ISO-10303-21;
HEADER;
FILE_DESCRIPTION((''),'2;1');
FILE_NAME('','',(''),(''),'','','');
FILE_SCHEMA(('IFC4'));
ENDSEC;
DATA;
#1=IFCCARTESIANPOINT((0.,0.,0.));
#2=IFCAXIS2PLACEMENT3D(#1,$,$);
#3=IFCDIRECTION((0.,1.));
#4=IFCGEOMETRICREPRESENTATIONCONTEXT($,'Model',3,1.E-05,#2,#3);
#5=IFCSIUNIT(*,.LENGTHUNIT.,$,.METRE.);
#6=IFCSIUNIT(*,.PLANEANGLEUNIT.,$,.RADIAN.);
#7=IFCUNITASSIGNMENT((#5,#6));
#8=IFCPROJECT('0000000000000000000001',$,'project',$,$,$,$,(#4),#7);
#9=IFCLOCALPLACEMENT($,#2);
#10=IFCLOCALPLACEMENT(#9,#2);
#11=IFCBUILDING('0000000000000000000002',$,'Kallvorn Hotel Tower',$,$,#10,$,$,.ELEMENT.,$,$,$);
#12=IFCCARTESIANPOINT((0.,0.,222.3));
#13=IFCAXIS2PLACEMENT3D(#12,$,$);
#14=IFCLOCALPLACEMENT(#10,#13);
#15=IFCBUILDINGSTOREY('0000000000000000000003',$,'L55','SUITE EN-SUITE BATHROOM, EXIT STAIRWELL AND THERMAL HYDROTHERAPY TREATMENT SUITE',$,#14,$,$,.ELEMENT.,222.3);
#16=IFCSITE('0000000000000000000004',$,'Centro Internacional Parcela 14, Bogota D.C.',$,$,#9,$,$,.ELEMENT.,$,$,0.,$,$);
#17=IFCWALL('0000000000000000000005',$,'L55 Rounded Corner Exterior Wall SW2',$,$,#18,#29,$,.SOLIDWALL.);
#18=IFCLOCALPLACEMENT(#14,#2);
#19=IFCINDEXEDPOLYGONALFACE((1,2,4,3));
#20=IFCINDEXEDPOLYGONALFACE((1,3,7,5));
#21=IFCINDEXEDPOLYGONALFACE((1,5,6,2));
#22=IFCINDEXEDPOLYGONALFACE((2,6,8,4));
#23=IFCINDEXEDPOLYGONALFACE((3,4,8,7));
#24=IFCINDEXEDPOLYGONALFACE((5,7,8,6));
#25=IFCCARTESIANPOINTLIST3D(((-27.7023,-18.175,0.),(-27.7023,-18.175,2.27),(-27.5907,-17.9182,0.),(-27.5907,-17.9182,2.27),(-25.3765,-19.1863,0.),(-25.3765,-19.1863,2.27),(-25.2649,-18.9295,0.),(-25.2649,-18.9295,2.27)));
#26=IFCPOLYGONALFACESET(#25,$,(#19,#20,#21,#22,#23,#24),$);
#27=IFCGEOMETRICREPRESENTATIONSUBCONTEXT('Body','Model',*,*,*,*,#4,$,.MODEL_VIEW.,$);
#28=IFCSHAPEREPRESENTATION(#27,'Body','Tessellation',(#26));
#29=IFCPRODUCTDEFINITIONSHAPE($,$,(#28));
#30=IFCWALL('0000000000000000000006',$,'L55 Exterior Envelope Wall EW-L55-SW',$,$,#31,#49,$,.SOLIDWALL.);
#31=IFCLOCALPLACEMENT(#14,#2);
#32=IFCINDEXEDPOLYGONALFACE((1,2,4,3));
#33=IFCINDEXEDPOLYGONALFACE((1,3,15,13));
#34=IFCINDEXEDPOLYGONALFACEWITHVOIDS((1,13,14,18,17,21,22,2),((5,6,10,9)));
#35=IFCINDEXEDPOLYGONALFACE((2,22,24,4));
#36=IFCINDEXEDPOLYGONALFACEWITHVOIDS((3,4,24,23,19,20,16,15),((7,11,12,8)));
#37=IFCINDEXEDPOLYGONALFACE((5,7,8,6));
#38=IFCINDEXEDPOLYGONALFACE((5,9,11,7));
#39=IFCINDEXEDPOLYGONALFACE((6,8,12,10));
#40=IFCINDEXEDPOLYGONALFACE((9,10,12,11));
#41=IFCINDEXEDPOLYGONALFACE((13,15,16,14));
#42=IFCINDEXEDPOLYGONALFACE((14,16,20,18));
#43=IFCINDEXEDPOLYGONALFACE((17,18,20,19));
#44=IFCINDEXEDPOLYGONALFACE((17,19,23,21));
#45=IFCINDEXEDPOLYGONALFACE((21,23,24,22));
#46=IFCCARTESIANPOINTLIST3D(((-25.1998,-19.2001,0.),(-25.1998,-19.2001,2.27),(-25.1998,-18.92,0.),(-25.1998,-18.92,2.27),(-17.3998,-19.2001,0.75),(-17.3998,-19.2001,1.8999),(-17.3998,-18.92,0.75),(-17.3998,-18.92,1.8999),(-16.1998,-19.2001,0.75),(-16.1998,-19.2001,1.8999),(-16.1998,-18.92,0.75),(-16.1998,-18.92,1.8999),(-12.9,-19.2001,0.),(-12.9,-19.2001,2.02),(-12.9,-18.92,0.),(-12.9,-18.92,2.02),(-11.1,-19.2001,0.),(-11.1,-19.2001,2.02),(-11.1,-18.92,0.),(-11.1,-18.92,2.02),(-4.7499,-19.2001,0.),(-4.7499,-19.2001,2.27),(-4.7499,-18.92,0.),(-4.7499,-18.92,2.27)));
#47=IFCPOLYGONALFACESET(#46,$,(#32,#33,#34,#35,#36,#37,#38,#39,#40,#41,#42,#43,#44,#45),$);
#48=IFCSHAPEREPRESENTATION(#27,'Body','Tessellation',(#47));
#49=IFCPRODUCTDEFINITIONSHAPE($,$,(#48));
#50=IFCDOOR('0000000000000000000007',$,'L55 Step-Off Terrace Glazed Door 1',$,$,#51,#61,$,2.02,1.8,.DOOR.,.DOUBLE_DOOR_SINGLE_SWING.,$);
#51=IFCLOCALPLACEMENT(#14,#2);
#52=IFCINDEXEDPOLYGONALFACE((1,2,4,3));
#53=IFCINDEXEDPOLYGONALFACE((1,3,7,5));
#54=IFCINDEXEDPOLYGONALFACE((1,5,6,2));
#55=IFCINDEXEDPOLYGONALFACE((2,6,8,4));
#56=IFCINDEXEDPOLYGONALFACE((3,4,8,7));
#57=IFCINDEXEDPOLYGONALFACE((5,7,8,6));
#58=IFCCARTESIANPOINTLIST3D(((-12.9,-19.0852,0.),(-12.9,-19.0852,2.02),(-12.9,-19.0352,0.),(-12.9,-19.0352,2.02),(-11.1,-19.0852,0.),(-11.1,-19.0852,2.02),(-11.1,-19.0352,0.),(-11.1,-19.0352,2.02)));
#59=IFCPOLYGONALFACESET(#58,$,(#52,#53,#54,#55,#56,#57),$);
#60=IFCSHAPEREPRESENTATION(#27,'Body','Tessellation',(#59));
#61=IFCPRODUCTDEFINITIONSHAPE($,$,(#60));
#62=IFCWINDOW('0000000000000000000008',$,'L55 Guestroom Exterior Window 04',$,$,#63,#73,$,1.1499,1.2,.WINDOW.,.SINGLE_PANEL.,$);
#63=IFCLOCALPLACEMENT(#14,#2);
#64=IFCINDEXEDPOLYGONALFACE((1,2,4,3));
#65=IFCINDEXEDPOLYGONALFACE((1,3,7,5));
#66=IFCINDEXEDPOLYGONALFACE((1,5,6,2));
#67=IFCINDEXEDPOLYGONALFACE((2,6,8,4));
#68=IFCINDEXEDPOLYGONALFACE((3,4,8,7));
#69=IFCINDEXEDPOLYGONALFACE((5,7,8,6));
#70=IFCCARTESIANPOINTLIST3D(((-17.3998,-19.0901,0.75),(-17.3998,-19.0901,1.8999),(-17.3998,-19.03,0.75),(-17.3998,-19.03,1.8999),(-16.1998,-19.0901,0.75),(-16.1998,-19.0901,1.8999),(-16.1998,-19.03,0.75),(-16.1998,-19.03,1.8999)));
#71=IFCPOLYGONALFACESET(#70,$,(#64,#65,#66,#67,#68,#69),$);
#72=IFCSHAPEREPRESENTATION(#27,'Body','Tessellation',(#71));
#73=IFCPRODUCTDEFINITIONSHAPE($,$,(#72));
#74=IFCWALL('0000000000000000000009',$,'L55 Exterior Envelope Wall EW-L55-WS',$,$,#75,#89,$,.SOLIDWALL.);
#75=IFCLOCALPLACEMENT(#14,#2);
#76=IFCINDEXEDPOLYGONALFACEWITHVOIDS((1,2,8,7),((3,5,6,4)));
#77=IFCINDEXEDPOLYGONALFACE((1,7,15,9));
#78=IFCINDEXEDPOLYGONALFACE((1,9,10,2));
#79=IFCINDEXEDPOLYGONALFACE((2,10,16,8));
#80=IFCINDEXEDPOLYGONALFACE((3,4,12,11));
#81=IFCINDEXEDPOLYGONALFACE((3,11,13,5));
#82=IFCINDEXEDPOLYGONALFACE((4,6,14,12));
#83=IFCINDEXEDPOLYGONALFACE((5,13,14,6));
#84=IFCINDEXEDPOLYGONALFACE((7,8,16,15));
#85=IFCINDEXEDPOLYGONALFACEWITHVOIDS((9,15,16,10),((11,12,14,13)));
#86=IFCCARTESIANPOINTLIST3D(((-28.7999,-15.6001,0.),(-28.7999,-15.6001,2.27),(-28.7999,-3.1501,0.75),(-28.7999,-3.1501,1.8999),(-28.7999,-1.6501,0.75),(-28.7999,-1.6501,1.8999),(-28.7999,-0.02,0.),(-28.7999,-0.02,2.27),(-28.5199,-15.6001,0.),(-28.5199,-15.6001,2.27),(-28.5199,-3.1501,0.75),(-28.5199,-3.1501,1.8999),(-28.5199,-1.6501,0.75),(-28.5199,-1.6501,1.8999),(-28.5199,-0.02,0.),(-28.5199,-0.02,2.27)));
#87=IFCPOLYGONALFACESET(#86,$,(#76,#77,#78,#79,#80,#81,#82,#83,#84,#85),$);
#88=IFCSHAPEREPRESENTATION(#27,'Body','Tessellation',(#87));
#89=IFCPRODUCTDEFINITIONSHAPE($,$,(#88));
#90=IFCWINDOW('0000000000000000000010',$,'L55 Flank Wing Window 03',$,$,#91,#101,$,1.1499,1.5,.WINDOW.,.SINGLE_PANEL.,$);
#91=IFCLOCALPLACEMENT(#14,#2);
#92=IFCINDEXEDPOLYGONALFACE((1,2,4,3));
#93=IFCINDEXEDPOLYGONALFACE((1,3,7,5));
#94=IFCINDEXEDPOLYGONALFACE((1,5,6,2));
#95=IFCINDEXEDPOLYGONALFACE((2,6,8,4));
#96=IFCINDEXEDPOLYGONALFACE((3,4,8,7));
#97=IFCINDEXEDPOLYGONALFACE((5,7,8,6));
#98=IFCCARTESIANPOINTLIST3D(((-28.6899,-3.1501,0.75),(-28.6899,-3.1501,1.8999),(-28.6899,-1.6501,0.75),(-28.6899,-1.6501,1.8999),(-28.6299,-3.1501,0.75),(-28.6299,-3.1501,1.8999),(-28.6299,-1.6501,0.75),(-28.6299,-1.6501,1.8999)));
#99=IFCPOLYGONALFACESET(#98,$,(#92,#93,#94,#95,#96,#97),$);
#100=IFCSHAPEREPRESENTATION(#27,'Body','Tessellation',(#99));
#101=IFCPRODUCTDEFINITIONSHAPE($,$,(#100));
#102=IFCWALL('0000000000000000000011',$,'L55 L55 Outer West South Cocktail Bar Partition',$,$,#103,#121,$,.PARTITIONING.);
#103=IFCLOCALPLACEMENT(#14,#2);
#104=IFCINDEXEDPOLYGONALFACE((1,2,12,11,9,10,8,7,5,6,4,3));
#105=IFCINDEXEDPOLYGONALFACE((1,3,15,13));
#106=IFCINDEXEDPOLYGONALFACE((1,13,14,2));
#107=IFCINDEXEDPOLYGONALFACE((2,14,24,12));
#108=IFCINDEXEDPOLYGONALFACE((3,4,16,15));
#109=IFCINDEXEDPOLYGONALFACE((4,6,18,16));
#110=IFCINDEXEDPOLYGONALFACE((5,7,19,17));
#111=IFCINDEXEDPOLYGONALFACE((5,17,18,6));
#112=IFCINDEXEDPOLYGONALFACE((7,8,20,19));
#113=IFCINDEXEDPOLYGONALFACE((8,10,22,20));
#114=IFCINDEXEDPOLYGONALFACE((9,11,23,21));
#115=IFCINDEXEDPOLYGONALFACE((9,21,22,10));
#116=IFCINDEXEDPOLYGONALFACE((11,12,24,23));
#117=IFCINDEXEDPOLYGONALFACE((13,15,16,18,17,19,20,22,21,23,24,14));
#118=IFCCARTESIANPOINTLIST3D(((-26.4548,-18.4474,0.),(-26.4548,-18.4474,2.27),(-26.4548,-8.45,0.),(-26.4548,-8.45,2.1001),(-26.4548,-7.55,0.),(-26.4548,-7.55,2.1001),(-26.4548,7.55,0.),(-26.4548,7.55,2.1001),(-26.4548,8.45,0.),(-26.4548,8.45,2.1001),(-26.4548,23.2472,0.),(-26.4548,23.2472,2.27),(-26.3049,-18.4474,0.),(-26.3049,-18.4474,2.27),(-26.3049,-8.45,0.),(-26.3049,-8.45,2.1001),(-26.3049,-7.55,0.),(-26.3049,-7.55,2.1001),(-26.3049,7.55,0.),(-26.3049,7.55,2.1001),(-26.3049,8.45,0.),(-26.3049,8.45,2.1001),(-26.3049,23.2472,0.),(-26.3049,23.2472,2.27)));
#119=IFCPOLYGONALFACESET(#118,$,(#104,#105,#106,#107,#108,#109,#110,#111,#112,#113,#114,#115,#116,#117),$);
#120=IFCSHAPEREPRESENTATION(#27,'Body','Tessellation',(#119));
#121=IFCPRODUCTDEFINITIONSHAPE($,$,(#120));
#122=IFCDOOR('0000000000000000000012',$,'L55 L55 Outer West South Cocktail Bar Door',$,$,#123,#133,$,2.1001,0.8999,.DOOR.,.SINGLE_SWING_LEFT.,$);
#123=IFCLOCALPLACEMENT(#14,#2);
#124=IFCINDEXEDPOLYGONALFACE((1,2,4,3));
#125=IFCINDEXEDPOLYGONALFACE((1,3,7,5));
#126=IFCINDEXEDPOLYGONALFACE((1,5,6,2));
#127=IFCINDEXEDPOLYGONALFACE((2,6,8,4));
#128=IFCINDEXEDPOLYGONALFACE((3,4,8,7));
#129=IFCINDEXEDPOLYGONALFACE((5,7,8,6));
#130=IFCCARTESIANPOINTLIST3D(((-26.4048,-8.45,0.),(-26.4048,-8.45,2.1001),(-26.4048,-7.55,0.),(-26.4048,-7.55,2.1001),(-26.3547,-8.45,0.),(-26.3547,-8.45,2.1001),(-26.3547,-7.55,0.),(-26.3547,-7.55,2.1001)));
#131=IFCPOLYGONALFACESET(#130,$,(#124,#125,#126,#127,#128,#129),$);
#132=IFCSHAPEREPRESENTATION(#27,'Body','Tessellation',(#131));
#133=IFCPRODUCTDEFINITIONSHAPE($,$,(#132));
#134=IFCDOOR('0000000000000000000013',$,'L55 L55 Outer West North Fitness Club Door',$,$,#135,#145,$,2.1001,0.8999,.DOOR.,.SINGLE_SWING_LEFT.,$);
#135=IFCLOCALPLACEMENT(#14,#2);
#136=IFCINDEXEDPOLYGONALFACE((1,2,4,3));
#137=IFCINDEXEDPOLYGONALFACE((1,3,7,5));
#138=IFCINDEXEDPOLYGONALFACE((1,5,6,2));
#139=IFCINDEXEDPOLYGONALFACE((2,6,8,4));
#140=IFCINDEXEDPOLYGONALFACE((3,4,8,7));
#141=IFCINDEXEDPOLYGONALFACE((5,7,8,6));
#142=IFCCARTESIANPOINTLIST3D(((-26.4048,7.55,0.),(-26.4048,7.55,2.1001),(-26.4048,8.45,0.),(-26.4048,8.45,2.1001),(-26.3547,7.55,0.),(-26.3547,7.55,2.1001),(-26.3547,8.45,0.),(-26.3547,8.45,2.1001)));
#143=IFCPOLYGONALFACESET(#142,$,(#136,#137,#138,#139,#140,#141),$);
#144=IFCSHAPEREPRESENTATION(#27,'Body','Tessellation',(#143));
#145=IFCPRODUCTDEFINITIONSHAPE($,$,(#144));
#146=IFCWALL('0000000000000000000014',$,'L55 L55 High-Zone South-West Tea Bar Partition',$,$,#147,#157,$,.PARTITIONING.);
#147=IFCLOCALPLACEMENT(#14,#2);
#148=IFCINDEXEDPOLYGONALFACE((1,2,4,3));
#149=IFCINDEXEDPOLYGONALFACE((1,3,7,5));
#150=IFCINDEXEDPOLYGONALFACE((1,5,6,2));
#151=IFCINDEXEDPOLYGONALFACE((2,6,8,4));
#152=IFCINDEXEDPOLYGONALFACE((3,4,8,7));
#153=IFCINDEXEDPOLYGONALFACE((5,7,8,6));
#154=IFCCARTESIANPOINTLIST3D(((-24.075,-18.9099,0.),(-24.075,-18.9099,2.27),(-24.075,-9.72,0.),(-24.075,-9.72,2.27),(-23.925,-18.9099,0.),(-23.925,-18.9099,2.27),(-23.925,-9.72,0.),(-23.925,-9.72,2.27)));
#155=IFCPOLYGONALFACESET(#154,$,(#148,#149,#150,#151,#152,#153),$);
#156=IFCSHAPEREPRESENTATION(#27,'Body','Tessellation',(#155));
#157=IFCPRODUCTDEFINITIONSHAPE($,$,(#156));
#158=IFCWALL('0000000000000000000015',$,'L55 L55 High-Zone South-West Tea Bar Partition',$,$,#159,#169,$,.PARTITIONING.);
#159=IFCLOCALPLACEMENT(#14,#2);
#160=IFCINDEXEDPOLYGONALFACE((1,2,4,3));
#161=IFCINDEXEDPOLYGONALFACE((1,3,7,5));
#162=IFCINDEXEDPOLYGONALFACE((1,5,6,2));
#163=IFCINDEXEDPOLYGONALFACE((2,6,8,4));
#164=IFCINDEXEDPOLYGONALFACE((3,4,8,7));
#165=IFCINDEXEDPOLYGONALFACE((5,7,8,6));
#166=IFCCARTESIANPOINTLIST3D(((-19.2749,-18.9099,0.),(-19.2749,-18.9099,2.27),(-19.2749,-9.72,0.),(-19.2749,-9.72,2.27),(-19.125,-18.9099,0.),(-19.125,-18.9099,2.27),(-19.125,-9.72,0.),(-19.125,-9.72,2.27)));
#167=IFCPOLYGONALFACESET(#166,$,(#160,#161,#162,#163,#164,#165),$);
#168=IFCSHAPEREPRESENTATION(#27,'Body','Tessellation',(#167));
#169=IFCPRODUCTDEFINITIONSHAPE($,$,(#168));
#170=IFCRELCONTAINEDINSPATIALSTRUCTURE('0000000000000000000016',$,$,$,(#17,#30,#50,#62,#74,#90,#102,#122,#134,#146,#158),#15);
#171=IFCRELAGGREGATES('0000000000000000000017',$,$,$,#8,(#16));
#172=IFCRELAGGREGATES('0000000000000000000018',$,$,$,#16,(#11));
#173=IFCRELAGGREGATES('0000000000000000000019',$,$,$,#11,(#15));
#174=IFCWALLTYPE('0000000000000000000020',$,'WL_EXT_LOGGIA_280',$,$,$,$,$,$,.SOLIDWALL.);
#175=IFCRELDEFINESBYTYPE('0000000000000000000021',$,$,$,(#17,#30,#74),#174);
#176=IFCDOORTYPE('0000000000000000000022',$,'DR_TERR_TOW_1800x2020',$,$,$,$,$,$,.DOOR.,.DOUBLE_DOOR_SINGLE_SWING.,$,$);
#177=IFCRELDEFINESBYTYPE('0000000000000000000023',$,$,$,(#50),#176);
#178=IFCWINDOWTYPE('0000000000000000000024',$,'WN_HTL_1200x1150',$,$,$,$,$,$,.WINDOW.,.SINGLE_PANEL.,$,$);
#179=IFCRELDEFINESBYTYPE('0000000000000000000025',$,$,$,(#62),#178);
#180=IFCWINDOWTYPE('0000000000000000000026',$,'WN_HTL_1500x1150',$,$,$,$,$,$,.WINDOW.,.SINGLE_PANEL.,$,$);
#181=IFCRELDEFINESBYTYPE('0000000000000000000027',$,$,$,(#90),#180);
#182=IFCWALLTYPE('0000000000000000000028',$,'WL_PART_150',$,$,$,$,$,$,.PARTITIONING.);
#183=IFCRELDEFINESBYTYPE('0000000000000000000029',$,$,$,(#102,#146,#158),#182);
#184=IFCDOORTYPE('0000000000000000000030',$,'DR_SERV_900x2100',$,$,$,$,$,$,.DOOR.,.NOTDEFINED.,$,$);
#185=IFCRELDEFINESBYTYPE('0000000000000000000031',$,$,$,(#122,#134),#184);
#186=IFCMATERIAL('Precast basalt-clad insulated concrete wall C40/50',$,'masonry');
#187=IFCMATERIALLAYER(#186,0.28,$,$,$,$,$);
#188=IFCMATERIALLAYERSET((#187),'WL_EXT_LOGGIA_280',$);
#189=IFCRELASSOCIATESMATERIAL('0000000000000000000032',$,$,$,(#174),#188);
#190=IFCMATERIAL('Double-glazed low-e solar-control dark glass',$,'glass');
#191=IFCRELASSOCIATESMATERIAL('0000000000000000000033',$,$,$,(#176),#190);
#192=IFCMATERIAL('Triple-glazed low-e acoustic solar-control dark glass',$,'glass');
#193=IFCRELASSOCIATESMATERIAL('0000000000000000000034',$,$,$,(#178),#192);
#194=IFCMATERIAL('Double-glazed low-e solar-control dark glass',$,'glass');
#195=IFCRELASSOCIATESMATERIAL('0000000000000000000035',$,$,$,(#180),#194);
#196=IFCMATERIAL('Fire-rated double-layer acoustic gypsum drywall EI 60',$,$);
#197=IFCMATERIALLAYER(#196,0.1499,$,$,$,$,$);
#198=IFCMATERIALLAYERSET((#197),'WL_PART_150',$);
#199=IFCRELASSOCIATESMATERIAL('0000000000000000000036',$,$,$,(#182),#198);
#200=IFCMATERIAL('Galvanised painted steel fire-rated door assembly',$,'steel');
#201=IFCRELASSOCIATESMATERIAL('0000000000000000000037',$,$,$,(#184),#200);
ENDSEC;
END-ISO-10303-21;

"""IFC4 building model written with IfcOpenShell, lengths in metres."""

from ifc_helpers import new_model, si_unit, direction, frame, frame_2d, origin, place, context, subcontext, project, spatial, rectangle, extrude, material, layer, layer_set, type_object, element, fill, save


model = new_model("IFC4")

# Units and contexts
model_context = context("Model", 3, precision=1e-05, world=origin(), true_north=direction((0.0, 1.0)))
body_context = subcontext(model_context, "Body", "Model", "MODEL_VIEW")
ifc_project = project(units=[si_unit("LENGTHUNIT", "METRE"), si_unit("PLANEANGLEUNIT", "RADIAN")], contexts=[model_context])

# Site, building, storey
site_placement = place(None, origin())
site = spatial("IfcSite", under=ifc_project, at=site_placement, Name="Centro Internacional Parcela 14, Bogota D.C.", CompositionType="ELEMENT", RefElevation=0.0)
building_placement = place(site_placement, origin())
building = spatial("IfcBuilding", under=site, at=building_placement, Name="Kallvorn Hotel Tower", CompositionType="ELEMENT")
storey_placement = place(building_placement, frame((0.0, 0.0, 222.3)))
storey = spatial("IfcBuildingStorey", under=building, at=storey_placement, Name="L55", Description="SUITE EN-SUITE BATHROOM, EXIT STAIRWELL AND THERMAL HYDROTHERAPY TREATMENT SUITE", CompositionType="ELEMENT", Elevation=222.3)

# Wall
ifc_material_1 = material(Name="Precast basalt-clad insulated concrete wall C40/50", Category="masonry")
ifc_layer_1 = layer(ifc_material_1, 0.28)
ifc_layer_set_1 = layer_set([ifc_layer_1], Name="WL_EXT_LOGGIA_280")
wall_type_1 = type_object("IfcWallType", Name="WL_EXT_LOGGIA_280", PredefinedType="SOLIDWALL", material=ifc_layer_set_1)
wall_1_placement = place(storey_placement, frame((-27.6465, -18.0466, 0.0), z_axis=(0.0, 0.0, 1.0), x_axis=(0.917061, -0.398747, 0.0)))
element("IfcWall", 1, at=wall_1_placement, inside=storey, type_object=wall_type_1, Name="L55 Rounded Corner Exterior Wall SW2", PredefinedType="SOLIDWALL", context=body_context, shape_type="SweptSolid", body=[
    extrude(rectangle(XDim=2.5361, YDim=0.28, at=frame_2d((1.2681, 0.0))), origin(), (0.0, 0.0, 1.0), 2.27),
])

# Wall, openings, door, window
wall_2_placement = place(storey_placement, frame((-25.2, -19.0601, 0.0), z_axis=(0.0, 0.0, 1.0), x_axis=(1.0, 0.0, 0.0)))
wall_2 = element("IfcWall", 2, at=wall_2_placement, inside=storey, type_object=wall_type_1, Name="L55 Exterior Envelope Wall EW-L55-SW", PredefinedType="SOLIDWALL", context=body_context, shape_type="SweptSolid", body=[
    extrude(rectangle(XDim=20.45, YDim=0.28, at=frame_2d((10.2251, 0.0))), origin(), (0.0, 0.0, 1.0), 2.27),
])
opening_1_placement = place(wall_2_placement, frame((12.3, 0.0, 0.0)))
opening_1 = element("IfcOpeningElement", 3, at=opening_1_placement, cuts=wall_2, PredefinedType="OPENING", context=body_context, shape_type="SweptSolid", body=[
    extrude(rectangle(XDim=1.8, YDim=2.02, at=frame_2d((0.8999, 1.01))), frame((0.0, 0.155, 0.0), z_axis=(0.0, -1.0, 0.0), x_axis=(1.0, 0.0, 0.0)), (0.0, 0.0, 1.0), 0.3101),
])
opening_2_placement = place(wall_2_placement, frame((7.8, 0.0, 0.75)))
opening_2 = element("IfcOpeningElement", 4, at=opening_2_placement, cuts=wall_2, PredefinedType="OPENING", context=body_context, shape_type="SweptSolid", body=[
    extrude(rectangle(XDim=1.2, YDim=1.1499, at=frame_2d((0.6001, 0.575))), frame((0.0, 0.155, 0.0), z_axis=(0.0, -1.0, 0.0), x_axis=(1.0, 0.0, 0.0)), (0.0, 0.0, 1.0), 0.3101),
])
ifc_material_2 = material(Name="Double-glazed low-e solar-control dark glass", Category="glass")
door_type_1 = type_object("IfcDoorType", Name="DR_TERR_TOW_1800x2020", OperationType="DOUBLE_DOOR_SINGLE_SWING", PredefinedType="DOOR", material=ifc_material_2)
door_1_placement = place(opening_1_placement, origin())
door_1 = element("IfcDoor", 5, at=door_1_placement, inside=storey, type_object=door_type_1, Name="L55 Step-Off Terrace Glazed Door 1", OperationType="DOUBLE_DOOR_SINGLE_SWING", OverallHeight=2.02, OverallWidth=1.8, PredefinedType="DOOR", context=body_context, shape_type="SweptSolid", body=[
    extrude(rectangle(XDim=1.8, YDim=2.02, at=frame_2d((0.8999, 1.01))), frame((0.0, 0.0249, 0.0), z_axis=(0.0, -1.0, 0.0), x_axis=(1.0, 0.0, 0.0)), (0.0, 0.0, 1.0), 0.05),
])
fill(opening_1, door_1)
ifc_material_3 = material(Name="Triple-glazed low-e acoustic solar-control dark glass", Category="glass")
window_type_1 = type_object("IfcWindowType", Name="WN_HTL_1200x1150", PartitioningType="SINGLE_PANEL", PredefinedType="WINDOW", material=ifc_material_3)
window_1_placement = place(opening_2_placement, origin())
window_1 = element("IfcWindow", 6, at=window_1_placement, inside=storey, type_object=window_type_1, Name="L55 Guestroom Exterior Window 04", OverallHeight=1.1499, OverallWidth=1.2, PartitioningType="SINGLE_PANEL", PredefinedType="WINDOW", context=body_context, shape_type="SweptSolid", body=[
    extrude(rectangle(XDim=1.2, YDim=1.1499, at=frame_2d((0.6001, 0.575))), frame((0.0, 0.03, 0.0), z_axis=(0.0, -1.0, 0.0), x_axis=(1.0, 0.0, 0.0)), (0.0, 0.0, 1.0), 0.0601),
])
fill(opening_2, window_1)

# Wall, opening, window
wall_3_placement = place(storey_placement, frame((-28.6599, -15.6001, 0.0), z_axis=(0.0, 0.0, 1.0), x_axis=(0.0, 1.0, 0.0)))
wall_3 = element("IfcWall", 7, at=wall_3_placement, inside=storey, type_object=wall_type_1, Name="L55 Exterior Envelope Wall EW-L55-WS", PredefinedType="SOLIDWALL", context=body_context, shape_type="SweptSolid", body=[
    extrude(rectangle(XDim=15.5801, YDim=0.28, at=frame_2d((7.79, 0.0))), origin(), (0.0, 0.0, 1.0), 2.27),
])
opening_3_placement = place(wall_3_placement, frame((12.45, 0.0, 0.75)))
opening_3 = element("IfcOpeningElement", 8, at=opening_3_placement, cuts=wall_3, PredefinedType="OPENING", context=body_context, shape_type="SweptSolid", body=[
    extrude(rectangle(XDim=1.5, YDim=1.1499, at=frame_2d((0.75, 0.575))), frame((0.0, 0.155, 0.0), z_axis=(0.0, -1.0, 0.0), x_axis=(1.0, 0.0, 0.0)), (0.0, 0.0, 1.0), 0.3101),
])
ifc_material_4 = material(Name="Double-glazed low-e solar-control dark glass", Category="glass")
window_type_2 = type_object("IfcWindowType", Name="WN_HTL_1500x1150", PartitioningType="SINGLE_PANEL", PredefinedType="WINDOW", material=ifc_material_4)
window_2_placement = place(opening_3_placement, origin())
window_2 = element("IfcWindow", 9, at=window_2_placement, inside=storey, type_object=window_type_2, Name="L55 Flank Wing Window 03", OverallHeight=1.1499, OverallWidth=1.5, PartitioningType="SINGLE_PANEL", PredefinedType="WINDOW", context=body_context, shape_type="SweptSolid", body=[
    extrude(rectangle(XDim=1.5, YDim=1.1499, at=frame_2d((0.75, 0.575))), frame((0.0, 0.03, 0.0), z_axis=(0.0, -1.0, 0.0), x_axis=(1.0, 0.0, 0.0)), (0.0, 0.0, 1.0), 0.0601),
])
fill(opening_3, window_2)

# Wall, openings, doors
ifc_material_5 = material(Name="Fire-rated double-layer acoustic gypsum drywall EI 60")
ifc_layer_2 = layer(ifc_material_5, 0.1499)
ifc_layer_set_2 = layer_set([ifc_layer_2], Name="WL_PART_150")
wall_type_2 = type_object("IfcWallType", Name="WL_PART_150", PredefinedType="PARTITIONING", material=ifc_layer_set_2)
wall_4_placement = place(storey_placement, frame((-26.3799, -18.4473, 0.0), z_axis=(0.0, 0.0, 1.0), x_axis=(0.0, 1.0, 0.0)))
wall_4 = element("IfcWall", 10, at=wall_4_placement, inside=storey, type_object=wall_type_2, Name="L55 L55 Outer West South Cocktail Bar Partition", PredefinedType="PARTITIONING", context=body_context, shape_type="SweptSolid", body=[
    extrude(rectangle(XDim=41.6946, YDim=0.1499, at=frame_2d((20.8472, 0.0))), origin(), (0.0, 0.0, 1.0), 2.27),
])
opening_4_placement = place(wall_4_placement, frame((9.9973, 0.0, 0.0)))
opening_4 = element("IfcOpeningElement", 11, at=opening_4_placement, cuts=wall_4, PredefinedType="OPENING", context=body_context, shape_type="SweptSolid", body=[
    extrude(rectangle(XDim=0.8999, YDim=2.1001, at=frame_2d((0.45, 1.05))), frame((0.0, 0.0898, 0.0), z_axis=(0.0, -1.0, 0.0), x_axis=(1.0, 0.0, 0.0)), (0.0, 0.0, 1.0), 0.1799),
])
opening_5_placement = place(wall_4_placement, frame((25.9973, 0.0, 0.0)))
opening_5 = element("IfcOpeningElement", 12, at=opening_5_placement, cuts=wall_4, PredefinedType="OPENING", context=body_context, shape_type="SweptSolid", body=[
    extrude(rectangle(XDim=0.8999, YDim=2.1001, at=frame_2d((0.45, 1.05))), frame((0.0, 0.0898, 0.0), z_axis=(0.0, -1.0, 0.0), x_axis=(1.0, 0.0, 0.0)), (0.0, 0.0, 1.0), 0.1799),
])
ifc_material_6 = material(Name="Galvanised painted steel fire-rated door assembly", Category="steel")
door_type_2 = type_object("IfcDoorType", Name="DR_SERV_900x2100", OperationType="NOTDEFINED", PredefinedType="DOOR", material=ifc_material_6)
door_2_placement = place(opening_4_placement, origin())
door_2 = element("IfcDoor", 13, at=door_2_placement, inside=storey, type_object=door_type_2, Name="L55 L55 Outer West South Cocktail Bar Door", OperationType="SINGLE_SWING_LEFT", OverallHeight=2.1001, OverallWidth=0.8999, PredefinedType="DOOR", context=body_context, shape_type="SweptSolid", body=[
    extrude(rectangle(XDim=0.8999, YDim=2.1001, at=frame_2d((0.45, 1.05))), frame((0.0, 0.0249, 0.0), z_axis=(0.0, -1.0, 0.0), x_axis=(1.0, 0.0, 0.0)), (0.0, 0.0, 1.0), 0.05),
])
fill(opening_4, door_2)
door_3_placement = place(opening_5_placement, origin())
door_3 = element("IfcDoor", 14, at=door_3_placement, inside=storey, type_object=door_type_2, Name="L55 L55 Outer West North Fitness Club Door", OperationType="SINGLE_SWING_LEFT", OverallHeight=2.1001, OverallWidth=0.8999, PredefinedType="DOOR", context=body_context, shape_type="SweptSolid", body=[
    extrude(rectangle(XDim=0.8999, YDim=2.1001, at=frame_2d((0.45, 1.05))), frame((0.0, 0.0249, 0.0), z_axis=(0.0, -1.0, 0.0), x_axis=(1.0, 0.0, 0.0)), (0.0, 0.0, 1.0), 0.05),
])
fill(opening_5, door_3)

# Walls
for number, where, z_axis, x_axis, name in (
    (15, (-24.0, -18.9099, 0.0), (0.0, 0.0, 1.0), (0.0, 1.0, 0.0), "L55 L55 High-Zone South-West Tea Bar Partition"),
    (16, (-19.2, -18.9099, 0.0), (0.0, 0.0, 1.0), (0.0, 1.0, 0.0), "L55 L55 High-Zone South-West Tea Bar Partition"),
):
    element("IfcWall", number, at=place(storey_placement, frame(where, z_axis=z_axis, x_axis=x_axis)), inside=storey, type_object=wall_type_2, Name=name, PredefinedType="PARTITIONING", context=body_context, shape_type="SweptSolid", body=[
        extrude(rectangle(XDim=9.1899, YDim=0.1499, at=frame_2d((4.595, 0.0))), origin(), (0.0, 0.0, 1.0), 2.27),
    ])

save(model, "model.ifc")
